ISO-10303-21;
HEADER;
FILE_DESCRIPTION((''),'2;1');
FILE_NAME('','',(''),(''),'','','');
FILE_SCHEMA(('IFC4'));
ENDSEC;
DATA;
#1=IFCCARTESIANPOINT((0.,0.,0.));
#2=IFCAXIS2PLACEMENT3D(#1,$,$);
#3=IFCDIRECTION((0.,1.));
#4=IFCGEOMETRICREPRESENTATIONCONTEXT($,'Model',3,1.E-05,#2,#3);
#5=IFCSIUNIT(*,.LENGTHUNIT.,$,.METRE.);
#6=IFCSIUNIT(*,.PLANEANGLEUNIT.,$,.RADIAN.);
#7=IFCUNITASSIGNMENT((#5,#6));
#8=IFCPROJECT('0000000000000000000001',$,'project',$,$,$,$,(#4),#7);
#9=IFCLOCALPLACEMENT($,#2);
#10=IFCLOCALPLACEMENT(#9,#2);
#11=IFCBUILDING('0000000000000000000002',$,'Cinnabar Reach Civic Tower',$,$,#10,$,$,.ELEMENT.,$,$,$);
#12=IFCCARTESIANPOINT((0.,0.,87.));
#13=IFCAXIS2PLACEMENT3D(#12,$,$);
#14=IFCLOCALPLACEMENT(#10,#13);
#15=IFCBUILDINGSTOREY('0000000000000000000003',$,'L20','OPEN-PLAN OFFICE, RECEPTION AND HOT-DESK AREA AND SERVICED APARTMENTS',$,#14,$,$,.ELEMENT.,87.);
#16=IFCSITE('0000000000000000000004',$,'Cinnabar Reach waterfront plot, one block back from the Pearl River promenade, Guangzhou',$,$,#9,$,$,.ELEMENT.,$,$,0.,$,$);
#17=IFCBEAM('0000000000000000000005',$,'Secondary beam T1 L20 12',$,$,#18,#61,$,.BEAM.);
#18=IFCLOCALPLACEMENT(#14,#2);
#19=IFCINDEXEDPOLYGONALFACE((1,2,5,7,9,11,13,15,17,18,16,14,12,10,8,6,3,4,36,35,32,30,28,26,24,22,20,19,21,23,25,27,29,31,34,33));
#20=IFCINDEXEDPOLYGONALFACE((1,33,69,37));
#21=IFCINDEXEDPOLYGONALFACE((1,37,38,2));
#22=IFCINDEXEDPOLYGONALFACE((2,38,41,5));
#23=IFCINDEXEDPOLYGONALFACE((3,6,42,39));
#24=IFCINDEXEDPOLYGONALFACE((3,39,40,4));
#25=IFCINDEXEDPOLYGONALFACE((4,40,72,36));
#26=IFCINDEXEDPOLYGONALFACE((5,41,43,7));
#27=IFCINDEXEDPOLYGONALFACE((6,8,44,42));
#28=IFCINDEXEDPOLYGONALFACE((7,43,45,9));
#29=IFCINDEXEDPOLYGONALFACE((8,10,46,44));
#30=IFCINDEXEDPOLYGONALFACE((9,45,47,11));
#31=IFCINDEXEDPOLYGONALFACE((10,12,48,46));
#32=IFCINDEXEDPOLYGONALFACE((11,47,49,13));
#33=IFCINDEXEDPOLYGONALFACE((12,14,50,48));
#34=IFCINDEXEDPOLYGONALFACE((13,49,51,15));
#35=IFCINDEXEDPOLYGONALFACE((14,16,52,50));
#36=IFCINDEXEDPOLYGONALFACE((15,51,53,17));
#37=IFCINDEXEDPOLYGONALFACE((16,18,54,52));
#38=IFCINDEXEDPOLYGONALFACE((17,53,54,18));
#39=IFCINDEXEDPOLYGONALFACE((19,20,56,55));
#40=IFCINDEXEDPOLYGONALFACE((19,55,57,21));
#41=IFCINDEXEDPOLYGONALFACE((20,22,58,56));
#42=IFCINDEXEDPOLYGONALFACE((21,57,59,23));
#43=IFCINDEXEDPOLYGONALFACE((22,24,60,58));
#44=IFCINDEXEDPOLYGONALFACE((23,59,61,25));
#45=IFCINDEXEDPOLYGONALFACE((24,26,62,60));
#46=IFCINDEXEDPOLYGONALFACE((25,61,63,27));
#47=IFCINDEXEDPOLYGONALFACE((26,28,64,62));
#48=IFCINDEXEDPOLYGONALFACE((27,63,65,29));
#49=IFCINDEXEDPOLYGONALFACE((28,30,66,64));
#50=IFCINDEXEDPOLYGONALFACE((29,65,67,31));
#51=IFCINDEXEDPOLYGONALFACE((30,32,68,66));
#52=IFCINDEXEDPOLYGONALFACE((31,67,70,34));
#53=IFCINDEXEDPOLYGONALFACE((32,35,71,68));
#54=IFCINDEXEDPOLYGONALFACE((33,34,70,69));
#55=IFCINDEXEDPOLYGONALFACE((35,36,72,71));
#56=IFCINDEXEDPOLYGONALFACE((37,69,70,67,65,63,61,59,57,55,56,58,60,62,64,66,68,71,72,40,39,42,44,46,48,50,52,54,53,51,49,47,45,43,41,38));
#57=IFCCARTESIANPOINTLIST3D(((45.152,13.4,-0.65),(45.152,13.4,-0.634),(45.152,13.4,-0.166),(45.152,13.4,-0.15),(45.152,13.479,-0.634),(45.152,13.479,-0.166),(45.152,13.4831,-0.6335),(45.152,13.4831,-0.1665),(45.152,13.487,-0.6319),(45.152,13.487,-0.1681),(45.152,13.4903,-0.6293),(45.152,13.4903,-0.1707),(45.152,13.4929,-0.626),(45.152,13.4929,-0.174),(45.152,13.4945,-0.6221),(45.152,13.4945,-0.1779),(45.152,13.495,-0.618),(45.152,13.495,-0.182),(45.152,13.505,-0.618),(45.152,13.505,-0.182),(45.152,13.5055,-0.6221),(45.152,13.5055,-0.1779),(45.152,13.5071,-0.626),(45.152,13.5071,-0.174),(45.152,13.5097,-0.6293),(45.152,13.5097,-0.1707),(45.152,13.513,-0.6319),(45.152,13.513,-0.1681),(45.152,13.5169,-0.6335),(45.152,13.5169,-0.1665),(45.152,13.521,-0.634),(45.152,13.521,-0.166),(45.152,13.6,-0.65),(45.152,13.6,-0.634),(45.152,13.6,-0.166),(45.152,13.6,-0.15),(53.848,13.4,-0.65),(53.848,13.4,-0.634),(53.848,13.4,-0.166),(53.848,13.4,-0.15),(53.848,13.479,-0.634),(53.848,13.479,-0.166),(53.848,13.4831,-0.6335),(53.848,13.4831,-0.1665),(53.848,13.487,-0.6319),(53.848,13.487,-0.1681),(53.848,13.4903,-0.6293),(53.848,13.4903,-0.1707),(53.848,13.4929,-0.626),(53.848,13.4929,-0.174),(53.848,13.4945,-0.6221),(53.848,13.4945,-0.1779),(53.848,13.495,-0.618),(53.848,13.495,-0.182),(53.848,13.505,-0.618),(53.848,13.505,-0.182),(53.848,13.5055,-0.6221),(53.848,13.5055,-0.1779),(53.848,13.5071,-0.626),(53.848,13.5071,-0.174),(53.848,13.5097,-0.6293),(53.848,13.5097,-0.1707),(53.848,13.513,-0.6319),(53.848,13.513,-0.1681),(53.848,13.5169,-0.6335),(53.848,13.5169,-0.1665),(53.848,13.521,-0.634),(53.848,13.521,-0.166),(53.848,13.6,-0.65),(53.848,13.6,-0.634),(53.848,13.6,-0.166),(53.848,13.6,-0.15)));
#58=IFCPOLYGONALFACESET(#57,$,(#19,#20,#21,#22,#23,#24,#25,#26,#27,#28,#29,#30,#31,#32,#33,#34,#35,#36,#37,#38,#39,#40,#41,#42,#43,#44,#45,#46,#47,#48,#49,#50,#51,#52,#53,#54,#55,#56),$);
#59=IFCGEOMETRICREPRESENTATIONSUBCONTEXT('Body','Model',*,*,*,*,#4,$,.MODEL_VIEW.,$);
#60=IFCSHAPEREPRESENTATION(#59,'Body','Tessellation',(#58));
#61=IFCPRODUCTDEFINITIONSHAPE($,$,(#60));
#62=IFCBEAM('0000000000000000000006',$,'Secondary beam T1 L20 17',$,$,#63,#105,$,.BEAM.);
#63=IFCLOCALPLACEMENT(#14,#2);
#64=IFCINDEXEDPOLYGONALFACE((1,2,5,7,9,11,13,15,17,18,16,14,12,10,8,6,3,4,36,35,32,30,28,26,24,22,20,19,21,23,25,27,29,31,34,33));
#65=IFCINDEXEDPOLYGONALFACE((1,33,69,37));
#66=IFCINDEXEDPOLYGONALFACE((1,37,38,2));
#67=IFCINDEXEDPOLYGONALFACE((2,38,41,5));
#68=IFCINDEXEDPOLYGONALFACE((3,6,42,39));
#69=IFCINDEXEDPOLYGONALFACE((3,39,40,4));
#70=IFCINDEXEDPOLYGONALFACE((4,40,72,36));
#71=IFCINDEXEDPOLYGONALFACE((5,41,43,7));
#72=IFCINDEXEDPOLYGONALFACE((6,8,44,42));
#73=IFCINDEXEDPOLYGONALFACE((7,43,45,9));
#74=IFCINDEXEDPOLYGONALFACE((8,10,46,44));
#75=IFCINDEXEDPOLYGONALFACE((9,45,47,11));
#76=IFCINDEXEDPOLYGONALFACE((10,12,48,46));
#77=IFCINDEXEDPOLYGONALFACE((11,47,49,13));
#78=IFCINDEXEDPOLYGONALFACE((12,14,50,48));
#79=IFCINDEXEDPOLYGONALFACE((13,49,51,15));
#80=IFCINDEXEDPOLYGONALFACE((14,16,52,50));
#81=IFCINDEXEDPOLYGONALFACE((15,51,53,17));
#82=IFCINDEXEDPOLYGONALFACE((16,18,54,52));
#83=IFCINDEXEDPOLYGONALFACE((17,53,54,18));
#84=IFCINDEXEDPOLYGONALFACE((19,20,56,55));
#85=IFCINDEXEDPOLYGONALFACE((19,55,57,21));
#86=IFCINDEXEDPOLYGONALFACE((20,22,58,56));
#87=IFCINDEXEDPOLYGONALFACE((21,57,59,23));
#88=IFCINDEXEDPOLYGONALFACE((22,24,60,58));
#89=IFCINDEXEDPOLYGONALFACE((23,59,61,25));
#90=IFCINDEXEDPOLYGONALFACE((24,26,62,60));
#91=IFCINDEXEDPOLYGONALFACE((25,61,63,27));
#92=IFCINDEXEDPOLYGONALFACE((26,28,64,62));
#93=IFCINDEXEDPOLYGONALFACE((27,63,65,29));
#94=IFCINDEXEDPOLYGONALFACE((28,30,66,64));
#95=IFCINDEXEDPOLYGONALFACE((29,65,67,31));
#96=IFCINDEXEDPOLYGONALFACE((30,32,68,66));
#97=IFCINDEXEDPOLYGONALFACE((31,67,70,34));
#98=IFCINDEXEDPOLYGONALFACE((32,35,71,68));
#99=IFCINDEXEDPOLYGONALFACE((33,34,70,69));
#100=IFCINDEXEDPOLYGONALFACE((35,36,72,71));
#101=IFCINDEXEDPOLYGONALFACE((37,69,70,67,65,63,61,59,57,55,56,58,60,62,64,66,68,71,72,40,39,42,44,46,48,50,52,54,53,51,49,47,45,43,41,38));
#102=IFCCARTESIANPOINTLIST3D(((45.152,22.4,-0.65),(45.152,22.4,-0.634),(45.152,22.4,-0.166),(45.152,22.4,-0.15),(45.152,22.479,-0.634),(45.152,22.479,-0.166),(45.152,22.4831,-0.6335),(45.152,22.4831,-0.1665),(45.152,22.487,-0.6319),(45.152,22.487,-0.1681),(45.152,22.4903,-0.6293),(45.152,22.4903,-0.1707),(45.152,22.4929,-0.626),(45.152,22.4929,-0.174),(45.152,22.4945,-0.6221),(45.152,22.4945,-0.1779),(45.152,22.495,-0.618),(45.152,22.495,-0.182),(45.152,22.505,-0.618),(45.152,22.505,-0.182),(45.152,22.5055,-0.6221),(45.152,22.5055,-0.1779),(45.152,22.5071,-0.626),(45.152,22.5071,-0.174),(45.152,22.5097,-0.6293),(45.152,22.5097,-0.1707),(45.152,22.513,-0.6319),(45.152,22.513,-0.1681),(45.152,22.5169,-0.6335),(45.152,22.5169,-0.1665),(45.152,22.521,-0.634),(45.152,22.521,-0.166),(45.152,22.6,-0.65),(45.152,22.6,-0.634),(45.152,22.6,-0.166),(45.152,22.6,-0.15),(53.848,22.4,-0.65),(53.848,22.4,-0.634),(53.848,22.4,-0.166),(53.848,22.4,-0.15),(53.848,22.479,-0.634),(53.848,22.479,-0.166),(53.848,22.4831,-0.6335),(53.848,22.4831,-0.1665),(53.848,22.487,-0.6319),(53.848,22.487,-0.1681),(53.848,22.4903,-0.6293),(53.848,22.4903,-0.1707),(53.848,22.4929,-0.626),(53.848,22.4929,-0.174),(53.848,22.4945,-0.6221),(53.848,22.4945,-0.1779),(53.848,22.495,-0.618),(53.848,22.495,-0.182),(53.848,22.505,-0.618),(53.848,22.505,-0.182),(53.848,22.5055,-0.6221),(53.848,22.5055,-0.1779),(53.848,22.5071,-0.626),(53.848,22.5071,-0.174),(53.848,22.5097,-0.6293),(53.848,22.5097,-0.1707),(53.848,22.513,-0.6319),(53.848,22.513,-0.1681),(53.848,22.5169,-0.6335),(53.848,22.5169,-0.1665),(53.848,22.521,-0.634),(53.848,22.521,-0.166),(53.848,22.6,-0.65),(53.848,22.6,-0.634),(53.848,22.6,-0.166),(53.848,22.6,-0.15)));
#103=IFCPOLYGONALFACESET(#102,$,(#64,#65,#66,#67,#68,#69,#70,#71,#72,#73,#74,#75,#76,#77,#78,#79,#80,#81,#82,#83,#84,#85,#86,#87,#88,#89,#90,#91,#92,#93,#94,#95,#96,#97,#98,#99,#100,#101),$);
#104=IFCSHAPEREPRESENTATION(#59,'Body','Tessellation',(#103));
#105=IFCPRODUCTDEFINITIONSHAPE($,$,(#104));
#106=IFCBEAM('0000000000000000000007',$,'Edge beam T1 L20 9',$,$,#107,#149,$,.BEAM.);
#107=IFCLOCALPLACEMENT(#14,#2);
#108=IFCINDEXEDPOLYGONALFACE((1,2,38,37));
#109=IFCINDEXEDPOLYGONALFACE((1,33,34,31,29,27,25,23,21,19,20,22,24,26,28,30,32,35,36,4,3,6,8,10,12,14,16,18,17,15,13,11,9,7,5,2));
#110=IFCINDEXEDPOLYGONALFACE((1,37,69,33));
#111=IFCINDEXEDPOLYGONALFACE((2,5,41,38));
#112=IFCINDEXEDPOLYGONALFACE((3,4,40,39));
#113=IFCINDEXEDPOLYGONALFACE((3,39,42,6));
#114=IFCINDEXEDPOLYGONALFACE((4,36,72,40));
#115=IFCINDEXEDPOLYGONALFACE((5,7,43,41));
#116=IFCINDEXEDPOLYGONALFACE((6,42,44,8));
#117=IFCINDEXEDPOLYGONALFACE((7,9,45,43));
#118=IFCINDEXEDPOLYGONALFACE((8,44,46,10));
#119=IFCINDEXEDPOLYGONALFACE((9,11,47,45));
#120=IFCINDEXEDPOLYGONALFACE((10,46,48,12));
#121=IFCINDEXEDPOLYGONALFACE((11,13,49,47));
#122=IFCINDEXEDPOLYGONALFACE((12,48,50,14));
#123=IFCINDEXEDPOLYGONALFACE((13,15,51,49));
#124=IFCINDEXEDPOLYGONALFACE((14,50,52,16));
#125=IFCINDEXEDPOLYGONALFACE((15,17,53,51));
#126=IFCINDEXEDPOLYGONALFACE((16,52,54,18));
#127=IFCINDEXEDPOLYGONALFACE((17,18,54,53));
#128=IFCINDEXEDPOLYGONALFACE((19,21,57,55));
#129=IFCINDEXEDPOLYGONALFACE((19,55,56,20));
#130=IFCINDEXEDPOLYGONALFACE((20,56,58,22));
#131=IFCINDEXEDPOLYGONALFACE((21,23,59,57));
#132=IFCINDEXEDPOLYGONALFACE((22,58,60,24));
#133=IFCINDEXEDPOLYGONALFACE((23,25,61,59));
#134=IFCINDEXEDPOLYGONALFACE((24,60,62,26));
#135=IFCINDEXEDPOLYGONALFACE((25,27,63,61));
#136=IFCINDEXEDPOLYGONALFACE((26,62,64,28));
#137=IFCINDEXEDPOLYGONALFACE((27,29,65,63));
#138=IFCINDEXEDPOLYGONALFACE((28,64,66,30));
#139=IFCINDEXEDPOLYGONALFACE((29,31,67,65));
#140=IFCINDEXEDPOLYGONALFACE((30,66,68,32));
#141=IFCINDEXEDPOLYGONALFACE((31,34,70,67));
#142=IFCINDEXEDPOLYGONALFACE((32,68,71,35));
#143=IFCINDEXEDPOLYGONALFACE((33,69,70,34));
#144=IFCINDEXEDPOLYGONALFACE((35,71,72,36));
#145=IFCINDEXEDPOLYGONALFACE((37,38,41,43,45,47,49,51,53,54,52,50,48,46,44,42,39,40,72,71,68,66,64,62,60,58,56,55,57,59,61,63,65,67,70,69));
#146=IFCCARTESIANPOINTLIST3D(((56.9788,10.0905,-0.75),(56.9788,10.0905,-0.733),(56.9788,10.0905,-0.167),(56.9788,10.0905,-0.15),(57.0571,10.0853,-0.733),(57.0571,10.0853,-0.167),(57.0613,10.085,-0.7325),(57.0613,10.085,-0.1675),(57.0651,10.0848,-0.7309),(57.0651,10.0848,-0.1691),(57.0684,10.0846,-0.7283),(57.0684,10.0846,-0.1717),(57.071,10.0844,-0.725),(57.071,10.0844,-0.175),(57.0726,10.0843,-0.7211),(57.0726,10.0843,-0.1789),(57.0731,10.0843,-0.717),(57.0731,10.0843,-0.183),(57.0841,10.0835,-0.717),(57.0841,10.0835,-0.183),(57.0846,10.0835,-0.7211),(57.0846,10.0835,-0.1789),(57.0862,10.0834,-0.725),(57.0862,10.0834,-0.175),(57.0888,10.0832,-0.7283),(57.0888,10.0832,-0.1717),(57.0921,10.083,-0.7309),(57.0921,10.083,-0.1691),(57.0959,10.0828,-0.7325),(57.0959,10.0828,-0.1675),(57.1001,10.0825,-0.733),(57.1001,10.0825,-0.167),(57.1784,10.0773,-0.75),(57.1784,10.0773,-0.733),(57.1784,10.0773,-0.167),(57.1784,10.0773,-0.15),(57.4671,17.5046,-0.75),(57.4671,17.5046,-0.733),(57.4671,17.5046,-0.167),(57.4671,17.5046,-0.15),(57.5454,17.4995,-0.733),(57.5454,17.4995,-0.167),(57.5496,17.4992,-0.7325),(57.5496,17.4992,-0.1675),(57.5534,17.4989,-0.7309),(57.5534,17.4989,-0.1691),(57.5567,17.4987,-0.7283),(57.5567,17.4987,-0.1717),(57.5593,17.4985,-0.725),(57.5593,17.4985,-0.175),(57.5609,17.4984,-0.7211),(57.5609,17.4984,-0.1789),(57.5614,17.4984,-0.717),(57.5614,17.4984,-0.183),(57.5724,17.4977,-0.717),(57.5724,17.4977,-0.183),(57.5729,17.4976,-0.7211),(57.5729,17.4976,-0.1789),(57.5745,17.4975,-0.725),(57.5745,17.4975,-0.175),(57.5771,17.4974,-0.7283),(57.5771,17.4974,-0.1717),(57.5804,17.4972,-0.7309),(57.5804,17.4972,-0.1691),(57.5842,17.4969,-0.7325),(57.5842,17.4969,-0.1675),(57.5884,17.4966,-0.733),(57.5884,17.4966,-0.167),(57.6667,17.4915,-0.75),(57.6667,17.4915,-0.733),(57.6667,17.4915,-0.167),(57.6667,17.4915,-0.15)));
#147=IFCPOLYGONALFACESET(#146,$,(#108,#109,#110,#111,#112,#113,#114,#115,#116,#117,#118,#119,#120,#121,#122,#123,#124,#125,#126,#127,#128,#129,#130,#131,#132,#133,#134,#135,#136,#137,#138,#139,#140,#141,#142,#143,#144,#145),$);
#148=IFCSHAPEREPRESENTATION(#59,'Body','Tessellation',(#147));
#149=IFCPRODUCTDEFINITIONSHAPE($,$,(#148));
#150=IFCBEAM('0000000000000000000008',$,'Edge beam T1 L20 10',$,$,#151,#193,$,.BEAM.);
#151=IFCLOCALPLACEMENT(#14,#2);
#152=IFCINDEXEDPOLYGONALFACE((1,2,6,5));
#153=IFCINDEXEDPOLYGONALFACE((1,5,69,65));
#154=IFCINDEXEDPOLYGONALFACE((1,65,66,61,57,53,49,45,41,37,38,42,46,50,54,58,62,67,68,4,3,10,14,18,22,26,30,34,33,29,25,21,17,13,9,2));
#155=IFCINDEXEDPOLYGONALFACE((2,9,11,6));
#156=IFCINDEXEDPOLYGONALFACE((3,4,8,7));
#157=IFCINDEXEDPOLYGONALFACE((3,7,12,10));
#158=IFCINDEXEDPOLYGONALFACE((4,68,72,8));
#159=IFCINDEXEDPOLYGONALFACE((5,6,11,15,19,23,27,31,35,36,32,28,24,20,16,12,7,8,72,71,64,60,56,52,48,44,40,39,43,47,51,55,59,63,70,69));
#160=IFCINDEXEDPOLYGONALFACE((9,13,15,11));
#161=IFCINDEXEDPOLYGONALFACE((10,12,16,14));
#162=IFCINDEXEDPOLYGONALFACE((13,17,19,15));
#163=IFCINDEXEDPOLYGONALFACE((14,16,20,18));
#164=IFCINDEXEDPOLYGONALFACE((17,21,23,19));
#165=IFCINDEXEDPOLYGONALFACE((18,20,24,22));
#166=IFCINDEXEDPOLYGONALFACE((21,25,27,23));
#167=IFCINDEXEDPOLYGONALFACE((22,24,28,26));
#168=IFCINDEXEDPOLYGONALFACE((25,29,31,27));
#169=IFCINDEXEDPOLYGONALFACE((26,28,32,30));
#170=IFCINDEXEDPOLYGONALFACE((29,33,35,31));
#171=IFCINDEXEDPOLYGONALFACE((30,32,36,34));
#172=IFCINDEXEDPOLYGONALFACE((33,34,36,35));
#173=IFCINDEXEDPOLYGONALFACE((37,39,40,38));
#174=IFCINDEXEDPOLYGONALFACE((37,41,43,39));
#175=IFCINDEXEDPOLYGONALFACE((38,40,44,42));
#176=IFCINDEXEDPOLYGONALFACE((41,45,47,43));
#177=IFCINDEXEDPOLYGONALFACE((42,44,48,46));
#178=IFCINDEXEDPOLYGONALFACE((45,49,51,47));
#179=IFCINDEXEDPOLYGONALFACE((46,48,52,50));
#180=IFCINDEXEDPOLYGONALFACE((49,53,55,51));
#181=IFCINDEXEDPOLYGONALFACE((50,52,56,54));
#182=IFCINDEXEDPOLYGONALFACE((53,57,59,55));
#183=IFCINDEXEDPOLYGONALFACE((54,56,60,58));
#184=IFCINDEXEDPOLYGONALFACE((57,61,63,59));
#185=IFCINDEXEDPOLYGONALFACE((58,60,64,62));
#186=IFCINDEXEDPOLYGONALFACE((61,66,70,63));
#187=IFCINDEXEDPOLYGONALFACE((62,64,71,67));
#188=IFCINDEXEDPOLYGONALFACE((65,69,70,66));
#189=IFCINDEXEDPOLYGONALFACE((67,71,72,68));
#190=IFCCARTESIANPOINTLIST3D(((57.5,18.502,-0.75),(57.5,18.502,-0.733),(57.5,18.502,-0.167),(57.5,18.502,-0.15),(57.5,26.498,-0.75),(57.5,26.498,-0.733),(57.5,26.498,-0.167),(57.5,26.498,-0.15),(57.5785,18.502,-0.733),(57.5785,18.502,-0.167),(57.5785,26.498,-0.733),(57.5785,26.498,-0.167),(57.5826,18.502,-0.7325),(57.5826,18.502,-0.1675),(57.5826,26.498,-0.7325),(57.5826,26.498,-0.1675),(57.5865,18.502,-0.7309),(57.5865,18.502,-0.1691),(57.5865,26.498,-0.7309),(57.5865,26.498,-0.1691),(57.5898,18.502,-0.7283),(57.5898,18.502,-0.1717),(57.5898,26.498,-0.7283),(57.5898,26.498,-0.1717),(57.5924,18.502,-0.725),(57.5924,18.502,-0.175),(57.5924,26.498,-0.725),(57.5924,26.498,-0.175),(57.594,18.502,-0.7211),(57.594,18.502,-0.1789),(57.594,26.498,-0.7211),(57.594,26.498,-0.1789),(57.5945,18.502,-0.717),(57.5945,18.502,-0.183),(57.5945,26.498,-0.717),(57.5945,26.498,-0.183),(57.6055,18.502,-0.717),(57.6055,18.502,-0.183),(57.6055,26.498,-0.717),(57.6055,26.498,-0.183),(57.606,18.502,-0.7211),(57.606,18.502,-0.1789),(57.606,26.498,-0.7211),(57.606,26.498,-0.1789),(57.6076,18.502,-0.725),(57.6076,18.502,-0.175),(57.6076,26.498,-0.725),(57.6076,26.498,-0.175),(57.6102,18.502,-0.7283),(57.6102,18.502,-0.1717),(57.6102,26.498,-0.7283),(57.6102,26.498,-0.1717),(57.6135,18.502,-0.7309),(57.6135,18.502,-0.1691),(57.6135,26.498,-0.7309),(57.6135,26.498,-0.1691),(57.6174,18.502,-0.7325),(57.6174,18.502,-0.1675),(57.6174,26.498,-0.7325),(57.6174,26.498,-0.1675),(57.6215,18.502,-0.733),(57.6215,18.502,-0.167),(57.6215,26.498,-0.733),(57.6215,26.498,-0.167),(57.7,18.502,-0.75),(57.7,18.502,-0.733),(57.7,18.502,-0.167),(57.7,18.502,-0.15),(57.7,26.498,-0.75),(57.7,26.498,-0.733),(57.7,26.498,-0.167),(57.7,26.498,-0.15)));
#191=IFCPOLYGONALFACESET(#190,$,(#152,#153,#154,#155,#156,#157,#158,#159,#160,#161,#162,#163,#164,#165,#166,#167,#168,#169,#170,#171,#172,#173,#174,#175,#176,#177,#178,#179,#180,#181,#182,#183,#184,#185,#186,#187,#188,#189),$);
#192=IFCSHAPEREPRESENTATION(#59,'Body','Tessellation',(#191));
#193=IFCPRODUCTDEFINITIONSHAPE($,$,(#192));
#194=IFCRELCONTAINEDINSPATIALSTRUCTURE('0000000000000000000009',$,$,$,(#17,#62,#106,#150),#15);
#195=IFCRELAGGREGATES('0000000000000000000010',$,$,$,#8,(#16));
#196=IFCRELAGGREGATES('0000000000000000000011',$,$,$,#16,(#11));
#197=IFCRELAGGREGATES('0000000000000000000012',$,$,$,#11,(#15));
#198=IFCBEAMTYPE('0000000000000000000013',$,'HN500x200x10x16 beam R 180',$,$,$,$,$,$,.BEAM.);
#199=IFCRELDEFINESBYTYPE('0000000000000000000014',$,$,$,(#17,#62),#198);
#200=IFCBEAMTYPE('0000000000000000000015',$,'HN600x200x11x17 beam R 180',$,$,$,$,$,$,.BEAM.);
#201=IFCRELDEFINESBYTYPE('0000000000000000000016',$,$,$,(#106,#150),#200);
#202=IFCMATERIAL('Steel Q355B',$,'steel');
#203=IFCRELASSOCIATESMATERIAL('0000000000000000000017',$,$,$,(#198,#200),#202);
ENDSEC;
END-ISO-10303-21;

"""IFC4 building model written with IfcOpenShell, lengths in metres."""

from ifc_helpers import new_model, si_unit, direction, frame, origin, origin_2d, place, context, subcontext, project, spatial, i_section, extrude, material, material_profile, profile_set, type_object, element, save


model = new_model("IFC4")

# Units and contexts
model_context = context("Model", 3, precision=1e-05, world=origin(), true_north=direction((0.0, 1.0)))
body_context = subcontext(model_context, "Body", "Model", "MODEL_VIEW")
ifc_project = project(units=[si_unit("LENGTHUNIT", "METRE"), si_unit("PLANEANGLEUNIT", "RADIAN")], contexts=[model_context])

# Site, building, storey
site_placement = place(None, origin())
site = spatial("IfcSite", under=ifc_project, at=site_placement, Name="Cinnabar Reach waterfront plot, one block back from the Pearl River promenade, Guangzhou", CompositionType="ELEMENT", RefElevation=0.0)
building_placement = place(site_placement, origin())
building = spatial("IfcBuilding", under=site, at=building_placement, Name="Cinnabar Reach Civic Tower", CompositionType="ELEMENT")
storey_placement = place(building_placement, frame((0.0, 0.0, 87.0)))
storey = spatial("IfcBuildingStorey", under=building, at=storey_placement, Name="L20", Description="OPEN-PLAN OFFICE, RECEPTION AND HOT-DESK AREA AND SERVICED APARTMENTS", CompositionType="ELEMENT", Elevation=87.0)

# Beams
ifc_material_1 = material(Name="Steel Q355B", Category="steel")
ifc_material_profile_1 = material_profile(ifc_material_1, i_section(OverallWidth=0.2, OverallDepth=0.5, WebThickness=0.01, FlangeThickness=0.016, FilletRadius=0.016, at=origin_2d()), Name="HN500x200x10x16")
ifc_profile_set_1 = profile_set([ifc_material_profile_1], Name="Steel Q355B")
beam_type_1 = type_object("IfcBeamType", Name="HN500x200x10x16 beam R 180", PredefinedType="BEAM", material=ifc_profile_set_1)
for number, where, z_axis, x_axis, name in (
    (1, (45.152, 13.5, -0.4), (1.0, 0.0, 0.0), (0.0, 1.0, 0.0), "Secondary beam T1 L20 12"),
    (2, (45.152, 22.5, -0.4), (1.0, 0.0, 0.0), (0.0, 1.0, 0.0), "Secondary beam T1 L20 17"),
):
    element("IfcBeam", number, at=place(storey_placement, frame(where, z_axis=z_axis, x_axis=x_axis)), inside=storey, type_object=beam_type_1, Name=name, PredefinedType="BEAM", context=body_context, shape_type="SweptSolid", body=[
        extrude(i_section(OverallWidth=0.2, OverallDepth=0.5, WebThickness=0.01, FlangeThickness=0.016, FilletRadius=0.016, at=origin_2d()), origin(), (0.0, 0.0, 1.0), 8.696),
    ])
ifc_material_profile_2 = material_profile(ifc_material_1, i_section(OverallWidth=0.2, OverallDepth=0.6, WebThickness=0.011, FlangeThickness=0.017, FilletRadius=0.016, at=origin_2d()), Name="HN600x200x11x17")
ifc_profile_set_2 = profile_set([ifc_material_profile_2], Name="Steel Q355B")
beam_type_2 = type_object("IfcBeamType", Name="HN600x200x11x17 beam R 180", PredefinedType="BEAM", material=ifc_profile_set_2)
beam_1_placement = place(storey_placement, frame((57.0786, 10.0839, -0.45), z_axis=(0.065719, 0.997838, 0.0), x_axis=(-0.997838, 0.065719, 0.0)))
element("IfcBeam", 3, at=beam_1_placement, inside=storey, type_object=beam_type_2, Name="Edge beam T1 L20 9", PredefinedType="BEAM", context=body_context, shape_type="SweptSolid", body=[
    extrude(i_section(OverallWidth=0.2, OverallDepth=0.6, WebThickness=0.011, FlangeThickness=0.017, FilletRadius=0.016, at=origin_2d()), origin(), (0.0, 0.0, 1.0), 7.4302),
])
beam_2_placement = place(storey_placement, frame((57.6, 18.502, -0.45), z_axis=(0.0, 1.0, 0.0), x_axis=(-1.0, 0.0, 0.0)))
element("IfcBeam", 4, at=beam_2_placement, inside=storey, type_object=beam_type_2, Name="Edge beam T1 L20 10", PredefinedType="BEAM", context=body_context, shape_type="SweptSolid", body=[
    extrude(i_section(OverallWidth=0.2, OverallDepth=0.6, WebThickness=0.011, FlangeThickness=0.017, FilletRadius=0.016, at=origin_2d()), origin(), (0.0, 0.0, 1.0), 7.996),
])

save(model, "model.ifc")
